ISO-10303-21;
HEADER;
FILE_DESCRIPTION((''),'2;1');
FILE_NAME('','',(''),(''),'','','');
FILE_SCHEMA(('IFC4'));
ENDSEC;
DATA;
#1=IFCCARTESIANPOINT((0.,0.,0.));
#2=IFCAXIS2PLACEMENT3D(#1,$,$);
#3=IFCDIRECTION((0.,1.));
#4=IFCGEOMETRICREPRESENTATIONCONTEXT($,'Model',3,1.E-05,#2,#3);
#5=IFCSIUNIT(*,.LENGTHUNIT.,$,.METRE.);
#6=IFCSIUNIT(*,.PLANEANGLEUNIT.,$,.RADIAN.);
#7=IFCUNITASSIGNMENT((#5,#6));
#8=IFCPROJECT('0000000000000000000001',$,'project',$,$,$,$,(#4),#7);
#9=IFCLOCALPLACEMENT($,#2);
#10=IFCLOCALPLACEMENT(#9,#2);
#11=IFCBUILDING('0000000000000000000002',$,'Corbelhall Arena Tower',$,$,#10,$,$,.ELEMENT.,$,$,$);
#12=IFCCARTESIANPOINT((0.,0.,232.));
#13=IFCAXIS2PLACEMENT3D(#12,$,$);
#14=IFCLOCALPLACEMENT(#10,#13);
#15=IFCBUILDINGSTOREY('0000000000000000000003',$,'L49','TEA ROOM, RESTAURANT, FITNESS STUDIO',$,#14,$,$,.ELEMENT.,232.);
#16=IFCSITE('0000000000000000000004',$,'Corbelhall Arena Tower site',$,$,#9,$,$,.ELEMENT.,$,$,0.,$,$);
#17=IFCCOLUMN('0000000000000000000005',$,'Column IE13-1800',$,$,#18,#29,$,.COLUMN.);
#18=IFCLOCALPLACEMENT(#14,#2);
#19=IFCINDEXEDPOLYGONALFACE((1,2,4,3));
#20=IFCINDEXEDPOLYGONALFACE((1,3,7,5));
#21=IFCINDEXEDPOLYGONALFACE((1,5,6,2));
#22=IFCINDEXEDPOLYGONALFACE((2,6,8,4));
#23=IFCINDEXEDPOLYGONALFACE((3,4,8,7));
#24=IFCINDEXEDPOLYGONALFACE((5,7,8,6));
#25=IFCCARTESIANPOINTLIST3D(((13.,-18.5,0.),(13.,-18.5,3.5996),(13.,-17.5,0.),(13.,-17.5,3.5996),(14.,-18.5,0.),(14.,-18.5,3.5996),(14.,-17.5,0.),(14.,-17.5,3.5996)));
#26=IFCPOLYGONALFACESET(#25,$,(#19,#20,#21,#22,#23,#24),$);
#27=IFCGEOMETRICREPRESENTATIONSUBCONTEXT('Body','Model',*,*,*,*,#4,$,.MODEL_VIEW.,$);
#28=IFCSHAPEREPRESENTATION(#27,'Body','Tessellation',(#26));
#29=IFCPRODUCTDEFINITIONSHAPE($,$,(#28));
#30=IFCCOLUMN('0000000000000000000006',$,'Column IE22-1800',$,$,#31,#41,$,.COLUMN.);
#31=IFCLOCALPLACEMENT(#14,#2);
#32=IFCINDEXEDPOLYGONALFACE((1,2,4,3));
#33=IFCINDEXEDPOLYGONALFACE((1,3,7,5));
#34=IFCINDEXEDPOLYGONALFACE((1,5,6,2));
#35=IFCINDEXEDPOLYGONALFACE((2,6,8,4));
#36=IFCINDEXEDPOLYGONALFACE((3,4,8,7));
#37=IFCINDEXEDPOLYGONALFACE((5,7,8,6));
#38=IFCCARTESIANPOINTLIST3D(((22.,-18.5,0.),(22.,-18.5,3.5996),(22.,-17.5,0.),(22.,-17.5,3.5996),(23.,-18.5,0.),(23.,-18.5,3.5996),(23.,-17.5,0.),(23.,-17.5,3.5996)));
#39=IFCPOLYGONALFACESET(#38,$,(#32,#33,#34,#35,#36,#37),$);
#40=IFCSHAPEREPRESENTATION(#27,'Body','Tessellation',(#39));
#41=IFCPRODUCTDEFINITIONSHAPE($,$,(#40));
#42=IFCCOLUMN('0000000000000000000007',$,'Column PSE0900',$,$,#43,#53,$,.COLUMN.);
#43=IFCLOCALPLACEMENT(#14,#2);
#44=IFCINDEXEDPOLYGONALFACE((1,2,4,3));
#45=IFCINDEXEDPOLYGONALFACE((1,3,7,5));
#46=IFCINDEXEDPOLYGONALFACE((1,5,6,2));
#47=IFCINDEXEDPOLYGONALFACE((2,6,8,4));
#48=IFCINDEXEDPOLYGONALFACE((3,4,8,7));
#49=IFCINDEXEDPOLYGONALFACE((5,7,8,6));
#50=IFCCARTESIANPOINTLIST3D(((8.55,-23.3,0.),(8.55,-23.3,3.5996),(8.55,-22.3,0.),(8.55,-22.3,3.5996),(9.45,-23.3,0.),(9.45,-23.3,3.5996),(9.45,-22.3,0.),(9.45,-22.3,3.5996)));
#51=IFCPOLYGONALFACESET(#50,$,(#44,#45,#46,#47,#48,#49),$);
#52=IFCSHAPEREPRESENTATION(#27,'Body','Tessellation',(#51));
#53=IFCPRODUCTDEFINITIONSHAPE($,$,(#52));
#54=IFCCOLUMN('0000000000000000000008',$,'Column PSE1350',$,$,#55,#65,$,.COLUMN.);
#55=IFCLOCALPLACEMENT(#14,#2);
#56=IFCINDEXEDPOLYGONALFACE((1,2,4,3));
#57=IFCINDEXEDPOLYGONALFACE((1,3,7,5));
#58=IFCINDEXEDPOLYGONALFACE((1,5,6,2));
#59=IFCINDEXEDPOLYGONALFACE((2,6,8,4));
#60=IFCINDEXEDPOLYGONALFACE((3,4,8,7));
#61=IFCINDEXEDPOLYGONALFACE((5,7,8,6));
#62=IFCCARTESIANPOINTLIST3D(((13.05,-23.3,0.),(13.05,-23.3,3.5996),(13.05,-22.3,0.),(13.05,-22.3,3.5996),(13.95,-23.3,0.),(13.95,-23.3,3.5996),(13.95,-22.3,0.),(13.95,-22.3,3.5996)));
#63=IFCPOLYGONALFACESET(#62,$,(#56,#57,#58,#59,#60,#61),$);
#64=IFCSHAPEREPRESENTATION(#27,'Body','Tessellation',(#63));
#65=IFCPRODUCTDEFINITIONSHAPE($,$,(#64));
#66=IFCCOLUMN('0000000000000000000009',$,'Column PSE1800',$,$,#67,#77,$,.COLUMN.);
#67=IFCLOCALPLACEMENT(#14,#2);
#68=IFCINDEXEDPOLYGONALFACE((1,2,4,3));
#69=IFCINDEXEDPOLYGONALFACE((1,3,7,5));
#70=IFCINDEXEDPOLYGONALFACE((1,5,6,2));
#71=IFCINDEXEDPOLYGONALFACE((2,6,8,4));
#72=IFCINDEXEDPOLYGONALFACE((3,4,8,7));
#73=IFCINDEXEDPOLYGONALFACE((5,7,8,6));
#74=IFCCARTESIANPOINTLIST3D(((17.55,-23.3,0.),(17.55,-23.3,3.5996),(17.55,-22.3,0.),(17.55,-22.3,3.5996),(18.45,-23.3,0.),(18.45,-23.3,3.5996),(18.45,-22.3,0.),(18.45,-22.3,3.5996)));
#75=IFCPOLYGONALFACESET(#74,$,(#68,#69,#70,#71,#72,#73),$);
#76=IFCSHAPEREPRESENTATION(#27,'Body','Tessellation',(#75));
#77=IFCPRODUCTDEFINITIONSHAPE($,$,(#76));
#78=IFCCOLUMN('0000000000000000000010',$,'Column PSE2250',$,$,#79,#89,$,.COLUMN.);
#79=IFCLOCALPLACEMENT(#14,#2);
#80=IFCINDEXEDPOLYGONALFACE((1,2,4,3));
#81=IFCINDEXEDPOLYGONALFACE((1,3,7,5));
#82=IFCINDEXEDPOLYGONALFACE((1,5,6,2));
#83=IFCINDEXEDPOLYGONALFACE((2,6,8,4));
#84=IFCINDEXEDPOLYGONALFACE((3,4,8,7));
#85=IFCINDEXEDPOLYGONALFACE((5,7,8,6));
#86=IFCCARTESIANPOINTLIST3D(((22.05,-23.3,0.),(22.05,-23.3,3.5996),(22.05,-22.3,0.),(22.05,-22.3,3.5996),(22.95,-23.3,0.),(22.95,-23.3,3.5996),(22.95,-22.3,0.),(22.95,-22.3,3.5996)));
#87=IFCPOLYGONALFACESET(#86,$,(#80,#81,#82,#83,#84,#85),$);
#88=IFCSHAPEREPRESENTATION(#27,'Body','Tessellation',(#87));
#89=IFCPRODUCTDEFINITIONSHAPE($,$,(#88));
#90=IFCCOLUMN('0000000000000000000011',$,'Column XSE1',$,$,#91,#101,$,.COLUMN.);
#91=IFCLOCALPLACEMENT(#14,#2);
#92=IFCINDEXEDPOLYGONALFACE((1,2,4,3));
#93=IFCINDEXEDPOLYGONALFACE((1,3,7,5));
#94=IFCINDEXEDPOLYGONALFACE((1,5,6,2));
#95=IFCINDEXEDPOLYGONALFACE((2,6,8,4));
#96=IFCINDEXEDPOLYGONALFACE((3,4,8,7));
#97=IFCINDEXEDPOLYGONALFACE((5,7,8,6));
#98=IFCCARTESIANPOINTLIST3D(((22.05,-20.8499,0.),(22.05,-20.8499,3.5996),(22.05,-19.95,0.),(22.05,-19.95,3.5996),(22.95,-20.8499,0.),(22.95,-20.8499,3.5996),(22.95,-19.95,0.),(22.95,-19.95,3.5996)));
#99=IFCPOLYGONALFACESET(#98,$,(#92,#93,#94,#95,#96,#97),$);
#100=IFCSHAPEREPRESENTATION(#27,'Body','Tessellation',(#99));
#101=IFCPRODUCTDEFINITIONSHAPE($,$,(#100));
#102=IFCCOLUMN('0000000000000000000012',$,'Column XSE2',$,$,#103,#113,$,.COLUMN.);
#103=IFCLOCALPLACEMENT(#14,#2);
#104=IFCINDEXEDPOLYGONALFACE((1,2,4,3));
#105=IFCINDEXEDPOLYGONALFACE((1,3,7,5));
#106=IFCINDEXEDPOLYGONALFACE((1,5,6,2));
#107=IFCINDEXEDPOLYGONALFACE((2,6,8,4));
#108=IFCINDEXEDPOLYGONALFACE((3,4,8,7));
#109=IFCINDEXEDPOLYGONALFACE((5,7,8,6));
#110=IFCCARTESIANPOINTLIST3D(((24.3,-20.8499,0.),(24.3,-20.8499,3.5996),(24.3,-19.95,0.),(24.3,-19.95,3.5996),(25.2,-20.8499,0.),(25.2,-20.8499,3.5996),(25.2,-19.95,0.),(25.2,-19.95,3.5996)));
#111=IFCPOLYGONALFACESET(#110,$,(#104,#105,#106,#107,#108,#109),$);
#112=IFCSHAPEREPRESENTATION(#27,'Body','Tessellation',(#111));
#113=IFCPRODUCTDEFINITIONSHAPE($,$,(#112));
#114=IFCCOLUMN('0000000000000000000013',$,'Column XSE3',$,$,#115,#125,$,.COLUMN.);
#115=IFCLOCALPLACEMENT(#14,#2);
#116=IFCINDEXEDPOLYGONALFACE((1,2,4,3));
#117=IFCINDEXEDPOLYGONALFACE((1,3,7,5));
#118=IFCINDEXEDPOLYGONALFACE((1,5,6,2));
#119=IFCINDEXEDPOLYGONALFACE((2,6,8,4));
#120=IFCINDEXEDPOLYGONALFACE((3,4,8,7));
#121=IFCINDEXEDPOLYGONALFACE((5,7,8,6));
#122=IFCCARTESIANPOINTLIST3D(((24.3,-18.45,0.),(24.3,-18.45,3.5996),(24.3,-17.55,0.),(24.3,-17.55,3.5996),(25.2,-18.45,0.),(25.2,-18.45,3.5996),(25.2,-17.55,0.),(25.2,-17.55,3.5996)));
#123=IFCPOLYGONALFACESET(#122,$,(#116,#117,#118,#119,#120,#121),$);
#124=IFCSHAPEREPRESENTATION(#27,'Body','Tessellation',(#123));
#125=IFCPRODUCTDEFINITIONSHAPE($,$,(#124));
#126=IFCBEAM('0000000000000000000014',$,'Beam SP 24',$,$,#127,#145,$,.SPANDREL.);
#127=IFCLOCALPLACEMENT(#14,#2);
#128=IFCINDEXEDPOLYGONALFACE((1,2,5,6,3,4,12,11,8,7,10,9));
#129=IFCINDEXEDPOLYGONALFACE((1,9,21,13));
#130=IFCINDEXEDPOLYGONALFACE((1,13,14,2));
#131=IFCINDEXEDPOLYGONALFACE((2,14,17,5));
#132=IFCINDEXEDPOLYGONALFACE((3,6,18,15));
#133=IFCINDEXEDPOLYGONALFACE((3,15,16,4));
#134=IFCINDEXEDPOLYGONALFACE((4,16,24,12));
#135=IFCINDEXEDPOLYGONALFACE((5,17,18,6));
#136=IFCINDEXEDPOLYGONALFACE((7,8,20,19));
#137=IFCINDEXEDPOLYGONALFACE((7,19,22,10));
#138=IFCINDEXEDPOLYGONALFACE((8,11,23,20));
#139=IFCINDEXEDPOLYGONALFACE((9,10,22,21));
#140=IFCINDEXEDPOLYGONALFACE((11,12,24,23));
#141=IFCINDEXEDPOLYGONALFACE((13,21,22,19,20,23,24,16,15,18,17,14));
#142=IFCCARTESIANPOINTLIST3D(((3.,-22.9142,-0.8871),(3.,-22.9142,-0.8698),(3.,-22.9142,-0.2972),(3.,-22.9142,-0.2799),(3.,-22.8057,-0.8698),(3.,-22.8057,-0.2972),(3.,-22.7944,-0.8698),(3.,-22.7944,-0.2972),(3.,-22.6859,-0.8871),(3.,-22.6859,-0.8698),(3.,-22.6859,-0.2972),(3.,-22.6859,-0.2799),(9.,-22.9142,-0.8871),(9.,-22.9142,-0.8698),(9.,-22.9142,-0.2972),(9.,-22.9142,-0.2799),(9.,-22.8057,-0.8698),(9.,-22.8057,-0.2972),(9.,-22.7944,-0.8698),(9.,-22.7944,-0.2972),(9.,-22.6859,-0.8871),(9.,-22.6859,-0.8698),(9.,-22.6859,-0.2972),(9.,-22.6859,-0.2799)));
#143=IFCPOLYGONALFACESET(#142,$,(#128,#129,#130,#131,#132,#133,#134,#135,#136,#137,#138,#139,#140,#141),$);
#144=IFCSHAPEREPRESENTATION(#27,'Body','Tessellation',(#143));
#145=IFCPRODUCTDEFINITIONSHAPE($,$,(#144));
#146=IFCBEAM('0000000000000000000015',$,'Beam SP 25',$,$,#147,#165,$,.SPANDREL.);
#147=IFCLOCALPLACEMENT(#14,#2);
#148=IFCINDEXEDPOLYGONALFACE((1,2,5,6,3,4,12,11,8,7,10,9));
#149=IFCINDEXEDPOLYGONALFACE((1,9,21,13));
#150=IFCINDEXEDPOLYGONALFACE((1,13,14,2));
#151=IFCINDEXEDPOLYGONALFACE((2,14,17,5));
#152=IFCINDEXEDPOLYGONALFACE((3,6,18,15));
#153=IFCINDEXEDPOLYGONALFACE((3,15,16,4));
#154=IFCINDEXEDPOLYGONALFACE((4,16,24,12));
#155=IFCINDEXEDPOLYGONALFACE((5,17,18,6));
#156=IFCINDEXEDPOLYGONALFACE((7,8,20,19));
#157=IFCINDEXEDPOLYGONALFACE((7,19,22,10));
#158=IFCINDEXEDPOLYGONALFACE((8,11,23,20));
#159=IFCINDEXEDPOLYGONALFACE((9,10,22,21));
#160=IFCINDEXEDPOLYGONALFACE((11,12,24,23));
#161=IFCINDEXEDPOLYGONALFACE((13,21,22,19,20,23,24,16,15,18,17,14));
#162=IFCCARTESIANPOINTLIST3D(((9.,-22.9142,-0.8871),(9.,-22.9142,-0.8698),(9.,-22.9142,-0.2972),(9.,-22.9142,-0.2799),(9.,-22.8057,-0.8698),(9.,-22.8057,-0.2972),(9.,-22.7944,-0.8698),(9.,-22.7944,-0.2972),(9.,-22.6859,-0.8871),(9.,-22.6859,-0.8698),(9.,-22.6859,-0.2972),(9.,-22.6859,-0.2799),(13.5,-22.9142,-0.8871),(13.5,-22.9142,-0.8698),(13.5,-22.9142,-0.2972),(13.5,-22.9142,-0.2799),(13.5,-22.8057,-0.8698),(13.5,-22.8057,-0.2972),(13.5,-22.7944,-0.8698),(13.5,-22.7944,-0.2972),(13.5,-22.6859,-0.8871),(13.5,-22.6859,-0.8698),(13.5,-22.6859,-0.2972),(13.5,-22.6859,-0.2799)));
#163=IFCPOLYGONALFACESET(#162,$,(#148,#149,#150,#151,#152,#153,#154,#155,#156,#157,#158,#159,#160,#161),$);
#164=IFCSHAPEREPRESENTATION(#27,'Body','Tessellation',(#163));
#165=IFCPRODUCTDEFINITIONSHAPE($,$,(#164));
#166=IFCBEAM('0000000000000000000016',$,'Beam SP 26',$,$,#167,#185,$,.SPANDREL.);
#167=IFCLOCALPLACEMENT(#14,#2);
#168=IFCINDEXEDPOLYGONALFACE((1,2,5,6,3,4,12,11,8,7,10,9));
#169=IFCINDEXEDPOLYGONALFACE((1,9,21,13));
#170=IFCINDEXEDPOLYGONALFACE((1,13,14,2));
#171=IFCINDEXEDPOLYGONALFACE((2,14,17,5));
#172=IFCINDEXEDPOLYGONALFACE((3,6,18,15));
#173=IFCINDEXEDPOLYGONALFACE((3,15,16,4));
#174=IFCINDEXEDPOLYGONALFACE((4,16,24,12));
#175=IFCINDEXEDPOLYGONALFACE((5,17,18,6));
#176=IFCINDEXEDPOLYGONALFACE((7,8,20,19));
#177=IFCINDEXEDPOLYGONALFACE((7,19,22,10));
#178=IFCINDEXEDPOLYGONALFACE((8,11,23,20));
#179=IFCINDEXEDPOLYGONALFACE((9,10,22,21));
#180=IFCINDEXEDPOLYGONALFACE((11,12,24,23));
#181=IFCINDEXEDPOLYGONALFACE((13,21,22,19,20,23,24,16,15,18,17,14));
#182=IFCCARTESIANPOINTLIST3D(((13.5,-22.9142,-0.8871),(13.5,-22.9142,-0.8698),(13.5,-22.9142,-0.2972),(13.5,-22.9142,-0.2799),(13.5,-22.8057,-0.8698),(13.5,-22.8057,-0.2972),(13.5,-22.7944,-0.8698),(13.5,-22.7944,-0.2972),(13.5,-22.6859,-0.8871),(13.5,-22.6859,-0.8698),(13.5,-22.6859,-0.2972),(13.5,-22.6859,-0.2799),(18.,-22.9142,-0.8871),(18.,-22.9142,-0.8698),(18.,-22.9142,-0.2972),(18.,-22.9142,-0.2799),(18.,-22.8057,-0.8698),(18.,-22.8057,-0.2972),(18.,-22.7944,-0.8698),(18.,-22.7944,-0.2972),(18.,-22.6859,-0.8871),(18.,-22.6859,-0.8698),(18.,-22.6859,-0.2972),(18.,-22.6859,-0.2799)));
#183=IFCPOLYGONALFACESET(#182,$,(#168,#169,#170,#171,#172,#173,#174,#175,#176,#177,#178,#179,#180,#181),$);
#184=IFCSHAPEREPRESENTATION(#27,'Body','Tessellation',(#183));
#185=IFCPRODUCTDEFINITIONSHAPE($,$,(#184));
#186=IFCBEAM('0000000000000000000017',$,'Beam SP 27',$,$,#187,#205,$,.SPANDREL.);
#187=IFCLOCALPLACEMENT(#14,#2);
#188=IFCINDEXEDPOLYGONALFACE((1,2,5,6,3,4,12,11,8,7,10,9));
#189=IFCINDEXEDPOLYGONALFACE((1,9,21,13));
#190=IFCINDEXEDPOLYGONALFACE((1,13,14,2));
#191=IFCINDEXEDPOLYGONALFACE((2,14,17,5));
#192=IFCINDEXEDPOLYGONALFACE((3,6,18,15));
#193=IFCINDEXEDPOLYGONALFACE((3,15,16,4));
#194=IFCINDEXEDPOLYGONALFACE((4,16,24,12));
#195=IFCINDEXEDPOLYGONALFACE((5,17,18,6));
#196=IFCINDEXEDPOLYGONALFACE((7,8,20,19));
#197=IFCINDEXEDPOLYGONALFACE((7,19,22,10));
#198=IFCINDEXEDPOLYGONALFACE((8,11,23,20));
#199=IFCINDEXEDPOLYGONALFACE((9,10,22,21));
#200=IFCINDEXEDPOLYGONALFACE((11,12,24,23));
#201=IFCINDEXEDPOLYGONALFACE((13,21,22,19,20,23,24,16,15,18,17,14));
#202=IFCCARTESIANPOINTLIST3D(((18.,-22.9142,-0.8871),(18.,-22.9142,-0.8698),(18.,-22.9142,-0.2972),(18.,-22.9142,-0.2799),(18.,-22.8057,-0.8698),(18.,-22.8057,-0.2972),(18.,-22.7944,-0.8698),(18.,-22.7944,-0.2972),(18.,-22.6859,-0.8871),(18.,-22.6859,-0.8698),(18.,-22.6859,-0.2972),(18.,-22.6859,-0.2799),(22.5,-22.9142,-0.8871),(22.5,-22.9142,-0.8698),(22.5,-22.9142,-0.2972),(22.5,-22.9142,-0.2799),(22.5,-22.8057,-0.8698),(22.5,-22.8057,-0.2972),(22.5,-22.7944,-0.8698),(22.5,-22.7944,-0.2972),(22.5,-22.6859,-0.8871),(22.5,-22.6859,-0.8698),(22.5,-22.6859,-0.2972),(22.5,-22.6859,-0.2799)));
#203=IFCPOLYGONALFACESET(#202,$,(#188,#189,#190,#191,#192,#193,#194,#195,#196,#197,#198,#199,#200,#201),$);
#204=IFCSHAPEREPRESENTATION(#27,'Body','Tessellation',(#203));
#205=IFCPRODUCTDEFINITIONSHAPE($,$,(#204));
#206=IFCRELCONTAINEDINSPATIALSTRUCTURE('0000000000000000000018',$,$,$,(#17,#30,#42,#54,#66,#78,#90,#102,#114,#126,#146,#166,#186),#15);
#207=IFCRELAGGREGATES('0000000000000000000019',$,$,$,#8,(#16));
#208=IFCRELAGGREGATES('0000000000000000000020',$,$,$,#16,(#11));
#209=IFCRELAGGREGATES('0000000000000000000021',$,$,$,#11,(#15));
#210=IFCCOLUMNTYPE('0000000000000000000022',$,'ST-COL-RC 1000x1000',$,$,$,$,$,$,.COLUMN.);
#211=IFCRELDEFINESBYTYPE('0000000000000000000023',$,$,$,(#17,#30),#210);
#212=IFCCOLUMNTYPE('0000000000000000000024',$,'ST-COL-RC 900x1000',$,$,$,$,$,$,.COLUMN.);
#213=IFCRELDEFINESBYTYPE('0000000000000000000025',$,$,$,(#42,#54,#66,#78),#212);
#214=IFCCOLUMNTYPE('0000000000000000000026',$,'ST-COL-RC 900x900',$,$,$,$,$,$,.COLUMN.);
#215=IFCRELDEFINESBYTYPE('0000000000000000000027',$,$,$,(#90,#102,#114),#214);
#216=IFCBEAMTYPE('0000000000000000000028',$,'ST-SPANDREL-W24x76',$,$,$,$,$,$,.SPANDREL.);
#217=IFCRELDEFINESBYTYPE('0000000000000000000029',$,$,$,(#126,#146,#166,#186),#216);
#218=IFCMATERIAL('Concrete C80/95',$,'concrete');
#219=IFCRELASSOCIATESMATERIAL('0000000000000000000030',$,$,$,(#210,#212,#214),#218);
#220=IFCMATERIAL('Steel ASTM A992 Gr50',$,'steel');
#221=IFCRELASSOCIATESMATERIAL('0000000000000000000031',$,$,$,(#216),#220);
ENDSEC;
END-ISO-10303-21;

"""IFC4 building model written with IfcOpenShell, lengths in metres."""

from ifc_helpers import new_model, si_unit, direction, frame, origin, origin_2d, place, context, subcontext, project, spatial, rectangle, i_section, extrude, material, material_profile, profile_set, type_object, element, save


model = new_model("IFC4")

# Units and contexts
model_context = context("Model", 3, precision=1e-05, world=origin(), true_north=direction((0.0, 1.0)))
body_context = subcontext(model_context, "Body", "Model", "MODEL_VIEW")
ifc_project = project(units=[si_unit("LENGTHUNIT", "METRE"), si_unit("PLANEANGLEUNIT", "RADIAN")], contexts=[model_context])

# Site, building, storey
site_placement = place(None, origin())
site = spatial("IfcSite", under=ifc_project, at=site_placement, Name="Corbelhall Arena Tower site", CompositionType="ELEMENT", RefElevation=0.0)
building_placement = place(site_placement, origin())
building = spatial("IfcBuilding", under=site, at=building_placement, Name="Corbelhall Arena Tower", CompositionType="ELEMENT")
storey_placement = place(building_placement, frame((0.0, 0.0, 232.0)))
storey = spatial("IfcBuildingStorey", under=building, at=storey_placement, Name="L49", Description="TEA ROOM, RESTAURANT, FITNESS STUDIO", CompositionType="ELEMENT", Elevation=232.0)

# Columns
ifc_material_1 = material(Name="Concrete C80/95", Category="concrete")
ifc_material_profile_1 = material_profile(ifc_material_1, rectangle(XDim=1.0, YDim=1.0, at=origin_2d()))
ifc_profile_set_1 = profile_set([ifc_material_profile_1], Name="Concrete C80/95")
column_type_1 = type_object("IfcColumnType", Name="ST-COL-RC 1000x1000", PredefinedType="COLUMN", material=ifc_profile_set_1)
for number, where, z_axis, x_axis, name in (
    (1, (13.5, -18.0, 0.0), (0.0, 0.0, 1.0), (1.0, 0.0, 0.0), "Column IE13-1800"),
    (2, (22.5, -18.0, 0.0), (0.0, 0.0, 1.0), (1.0, 0.0, 0.0), "Column IE22-1800"),
):
    element("IfcColumn", number, at=place(storey_placement, frame(where, z_axis=z_axis, x_axis=x_axis)), inside=storey, type_object=column_type_1, Name=name, PredefinedType="COLUMN", context=body_context, shape_type="SweptSolid", body=[
        extrude(rectangle(XDim=1.0, YDim=1.0, at=origin_2d()), origin(), (0.0, 0.0, 1.0), 3.5996),
    ])
ifc_material_profile_2 = material_profile(ifc_material_1, rectangle(XDim=0.8999, YDim=1.0, at=origin_2d()))
ifc_profile_set_2 = profile_set([ifc_material_profile_2], Name="Concrete C80/95")
column_type_2 = type_object("IfcColumnType", Name="ST-COL-RC 900x1000", PredefinedType="COLUMN", material=ifc_profile_set_2)
for number, where, z_axis, x_axis, name in (
    (3, (9.0, -22.8, 0.0), (0.0, 0.0, 1.0), (1.0, 0.0, 0.0), "Column PSE0900"),
    (4, (13.5, -22.8, 0.0), (0.0, 0.0, 1.0), (1.0, 0.0, 0.0), "Column PSE1350"),
    (5, (18.0, -22.8, 0.0), (0.0, 0.0, 1.0), (1.0, 0.0, 0.0), "Column PSE1800"),
    (6, (22.5, -22.8, 0.0), (0.0, 0.0, 1.0), (1.0, 0.0, 0.0), "Column PSE2250"),
):
    element("IfcColumn", number, at=place(storey_placement, frame(where, z_axis=z_axis, x_axis=x_axis)), inside=storey, type_object=column_type_2, Name=name, PredefinedType="COLUMN", context=body_context, shape_type="SweptSolid", body=[
        extrude(rectangle(XDim=0.8999, YDim=1.0, at=origin_2d()), origin(), (0.0, 0.0, 1.0), 3.5996),
    ])
ifc_material_profile_3 = material_profile(ifc_material_1, rectangle(XDim=0.8999, YDim=0.8999, at=origin_2d()))
ifc_profile_set_3 = profile_set([ifc_material_profile_3], Name="Concrete C80/95")
column_type_3 = type_object("IfcColumnType", Name="ST-COL-RC 900x900", PredefinedType="COLUMN", material=ifc_profile_set_3)
for number, where, z_axis, x_axis, name in (
    (7, (22.5, -20.3999, 0.0), (0.0, 0.0, 1.0), (1.0, 0.0, 0.0), "Column XSE1"),
    (8, (24.75, -20.3999, 0.0), (0.0, 0.0, 1.0), (1.0, 0.0, 0.0), "Column XSE2"),
    (9, (24.75, -18.0, 0.0), (0.0, 0.0, 1.0), (1.0, 0.0, 0.0), "Column XSE3"),
):
    element("IfcColumn", number, at=place(storey_placement, frame(where, z_axis=z_axis, x_axis=x_axis)), inside=storey, type_object=column_type_3, Name=name, PredefinedType="COLUMN", context=body_context, shape_type="SweptSolid", body=[
        extrude(rectangle(XDim=0.8999, YDim=0.8999, at=origin_2d()), origin(), (0.0, 0.0, 1.0), 3.5996),
    ])

# Beams
ifc_material_2 = material(Name="Steel ASTM A992 Gr50", Category="steel")
ifc_material_profile_4 = material_profile(ifc_material_2, i_section(OverallWidth=0.2283, OverallDepth=0.6072, WebThickness=0.0112, FlangeThickness=0.0173, at=origin_2d()))
ifc_profile_set_4 = profile_set([ifc_material_profile_4], Name="Steel ASTM A992 Gr50")
beam_type = type_object("IfcBeamType", Name="ST-SPANDREL-W24x76", PredefinedType="SPANDREL", material=ifc_profile_set_4)
beam_1_placement = place(storey_placement, frame((9.0, -22.8, -0.5835), z_axis=(-1.0, 0.0, 0.0), x_axis=(0.0, -1.0, 0.0)))
element("IfcBeam", 10, at=beam_1_placement, inside=storey, type_object=beam_type, Name="Beam SP 24", PredefinedType="SPANDREL", context=body_context, shape_type="SweptSolid", body=[
    extrude(i_section(OverallWidth=0.2283, OverallDepth=0.6072, WebThickness=0.0112, FlangeThickness=0.0173, at=origin_2d()), origin(), (0.0, 0.0, 1.0), 6.0),
])
for number, where, z_axis, x_axis, name in (
    (11, (13.5, -22.8, -0.5835), (-1.0, 0.0, 0.0), (0.0, -1.0, 0.0), "Beam SP 25"),
    (12, (18.0, -22.8, -0.5835), (-1.0, 0.0, 0.0), (0.0, -1.0, 0.0), "Beam SP 26"),
    (13, (22.5, -22.8, -0.5835), (-1.0, 0.0, 0.0), (0.0, -1.0, 0.0), "Beam SP 27"),
):
    element("IfcBeam", number, at=place(storey_placement, frame(where, z_axis=z_axis, x_axis=x_axis)), inside=storey, type_object=beam_type, Name=name, PredefinedType="SPANDREL", context=body_context, shape_type="SweptSolid", body=[
        extrude(i_section(OverallWidth=0.2283, OverallDepth=0.6072, WebThickness=0.0112, FlangeThickness=0.0173, at=origin_2d()), origin(), (0.0, 0.0, 1.0), 4.5),
    ])

save(model, "model.ifc")
